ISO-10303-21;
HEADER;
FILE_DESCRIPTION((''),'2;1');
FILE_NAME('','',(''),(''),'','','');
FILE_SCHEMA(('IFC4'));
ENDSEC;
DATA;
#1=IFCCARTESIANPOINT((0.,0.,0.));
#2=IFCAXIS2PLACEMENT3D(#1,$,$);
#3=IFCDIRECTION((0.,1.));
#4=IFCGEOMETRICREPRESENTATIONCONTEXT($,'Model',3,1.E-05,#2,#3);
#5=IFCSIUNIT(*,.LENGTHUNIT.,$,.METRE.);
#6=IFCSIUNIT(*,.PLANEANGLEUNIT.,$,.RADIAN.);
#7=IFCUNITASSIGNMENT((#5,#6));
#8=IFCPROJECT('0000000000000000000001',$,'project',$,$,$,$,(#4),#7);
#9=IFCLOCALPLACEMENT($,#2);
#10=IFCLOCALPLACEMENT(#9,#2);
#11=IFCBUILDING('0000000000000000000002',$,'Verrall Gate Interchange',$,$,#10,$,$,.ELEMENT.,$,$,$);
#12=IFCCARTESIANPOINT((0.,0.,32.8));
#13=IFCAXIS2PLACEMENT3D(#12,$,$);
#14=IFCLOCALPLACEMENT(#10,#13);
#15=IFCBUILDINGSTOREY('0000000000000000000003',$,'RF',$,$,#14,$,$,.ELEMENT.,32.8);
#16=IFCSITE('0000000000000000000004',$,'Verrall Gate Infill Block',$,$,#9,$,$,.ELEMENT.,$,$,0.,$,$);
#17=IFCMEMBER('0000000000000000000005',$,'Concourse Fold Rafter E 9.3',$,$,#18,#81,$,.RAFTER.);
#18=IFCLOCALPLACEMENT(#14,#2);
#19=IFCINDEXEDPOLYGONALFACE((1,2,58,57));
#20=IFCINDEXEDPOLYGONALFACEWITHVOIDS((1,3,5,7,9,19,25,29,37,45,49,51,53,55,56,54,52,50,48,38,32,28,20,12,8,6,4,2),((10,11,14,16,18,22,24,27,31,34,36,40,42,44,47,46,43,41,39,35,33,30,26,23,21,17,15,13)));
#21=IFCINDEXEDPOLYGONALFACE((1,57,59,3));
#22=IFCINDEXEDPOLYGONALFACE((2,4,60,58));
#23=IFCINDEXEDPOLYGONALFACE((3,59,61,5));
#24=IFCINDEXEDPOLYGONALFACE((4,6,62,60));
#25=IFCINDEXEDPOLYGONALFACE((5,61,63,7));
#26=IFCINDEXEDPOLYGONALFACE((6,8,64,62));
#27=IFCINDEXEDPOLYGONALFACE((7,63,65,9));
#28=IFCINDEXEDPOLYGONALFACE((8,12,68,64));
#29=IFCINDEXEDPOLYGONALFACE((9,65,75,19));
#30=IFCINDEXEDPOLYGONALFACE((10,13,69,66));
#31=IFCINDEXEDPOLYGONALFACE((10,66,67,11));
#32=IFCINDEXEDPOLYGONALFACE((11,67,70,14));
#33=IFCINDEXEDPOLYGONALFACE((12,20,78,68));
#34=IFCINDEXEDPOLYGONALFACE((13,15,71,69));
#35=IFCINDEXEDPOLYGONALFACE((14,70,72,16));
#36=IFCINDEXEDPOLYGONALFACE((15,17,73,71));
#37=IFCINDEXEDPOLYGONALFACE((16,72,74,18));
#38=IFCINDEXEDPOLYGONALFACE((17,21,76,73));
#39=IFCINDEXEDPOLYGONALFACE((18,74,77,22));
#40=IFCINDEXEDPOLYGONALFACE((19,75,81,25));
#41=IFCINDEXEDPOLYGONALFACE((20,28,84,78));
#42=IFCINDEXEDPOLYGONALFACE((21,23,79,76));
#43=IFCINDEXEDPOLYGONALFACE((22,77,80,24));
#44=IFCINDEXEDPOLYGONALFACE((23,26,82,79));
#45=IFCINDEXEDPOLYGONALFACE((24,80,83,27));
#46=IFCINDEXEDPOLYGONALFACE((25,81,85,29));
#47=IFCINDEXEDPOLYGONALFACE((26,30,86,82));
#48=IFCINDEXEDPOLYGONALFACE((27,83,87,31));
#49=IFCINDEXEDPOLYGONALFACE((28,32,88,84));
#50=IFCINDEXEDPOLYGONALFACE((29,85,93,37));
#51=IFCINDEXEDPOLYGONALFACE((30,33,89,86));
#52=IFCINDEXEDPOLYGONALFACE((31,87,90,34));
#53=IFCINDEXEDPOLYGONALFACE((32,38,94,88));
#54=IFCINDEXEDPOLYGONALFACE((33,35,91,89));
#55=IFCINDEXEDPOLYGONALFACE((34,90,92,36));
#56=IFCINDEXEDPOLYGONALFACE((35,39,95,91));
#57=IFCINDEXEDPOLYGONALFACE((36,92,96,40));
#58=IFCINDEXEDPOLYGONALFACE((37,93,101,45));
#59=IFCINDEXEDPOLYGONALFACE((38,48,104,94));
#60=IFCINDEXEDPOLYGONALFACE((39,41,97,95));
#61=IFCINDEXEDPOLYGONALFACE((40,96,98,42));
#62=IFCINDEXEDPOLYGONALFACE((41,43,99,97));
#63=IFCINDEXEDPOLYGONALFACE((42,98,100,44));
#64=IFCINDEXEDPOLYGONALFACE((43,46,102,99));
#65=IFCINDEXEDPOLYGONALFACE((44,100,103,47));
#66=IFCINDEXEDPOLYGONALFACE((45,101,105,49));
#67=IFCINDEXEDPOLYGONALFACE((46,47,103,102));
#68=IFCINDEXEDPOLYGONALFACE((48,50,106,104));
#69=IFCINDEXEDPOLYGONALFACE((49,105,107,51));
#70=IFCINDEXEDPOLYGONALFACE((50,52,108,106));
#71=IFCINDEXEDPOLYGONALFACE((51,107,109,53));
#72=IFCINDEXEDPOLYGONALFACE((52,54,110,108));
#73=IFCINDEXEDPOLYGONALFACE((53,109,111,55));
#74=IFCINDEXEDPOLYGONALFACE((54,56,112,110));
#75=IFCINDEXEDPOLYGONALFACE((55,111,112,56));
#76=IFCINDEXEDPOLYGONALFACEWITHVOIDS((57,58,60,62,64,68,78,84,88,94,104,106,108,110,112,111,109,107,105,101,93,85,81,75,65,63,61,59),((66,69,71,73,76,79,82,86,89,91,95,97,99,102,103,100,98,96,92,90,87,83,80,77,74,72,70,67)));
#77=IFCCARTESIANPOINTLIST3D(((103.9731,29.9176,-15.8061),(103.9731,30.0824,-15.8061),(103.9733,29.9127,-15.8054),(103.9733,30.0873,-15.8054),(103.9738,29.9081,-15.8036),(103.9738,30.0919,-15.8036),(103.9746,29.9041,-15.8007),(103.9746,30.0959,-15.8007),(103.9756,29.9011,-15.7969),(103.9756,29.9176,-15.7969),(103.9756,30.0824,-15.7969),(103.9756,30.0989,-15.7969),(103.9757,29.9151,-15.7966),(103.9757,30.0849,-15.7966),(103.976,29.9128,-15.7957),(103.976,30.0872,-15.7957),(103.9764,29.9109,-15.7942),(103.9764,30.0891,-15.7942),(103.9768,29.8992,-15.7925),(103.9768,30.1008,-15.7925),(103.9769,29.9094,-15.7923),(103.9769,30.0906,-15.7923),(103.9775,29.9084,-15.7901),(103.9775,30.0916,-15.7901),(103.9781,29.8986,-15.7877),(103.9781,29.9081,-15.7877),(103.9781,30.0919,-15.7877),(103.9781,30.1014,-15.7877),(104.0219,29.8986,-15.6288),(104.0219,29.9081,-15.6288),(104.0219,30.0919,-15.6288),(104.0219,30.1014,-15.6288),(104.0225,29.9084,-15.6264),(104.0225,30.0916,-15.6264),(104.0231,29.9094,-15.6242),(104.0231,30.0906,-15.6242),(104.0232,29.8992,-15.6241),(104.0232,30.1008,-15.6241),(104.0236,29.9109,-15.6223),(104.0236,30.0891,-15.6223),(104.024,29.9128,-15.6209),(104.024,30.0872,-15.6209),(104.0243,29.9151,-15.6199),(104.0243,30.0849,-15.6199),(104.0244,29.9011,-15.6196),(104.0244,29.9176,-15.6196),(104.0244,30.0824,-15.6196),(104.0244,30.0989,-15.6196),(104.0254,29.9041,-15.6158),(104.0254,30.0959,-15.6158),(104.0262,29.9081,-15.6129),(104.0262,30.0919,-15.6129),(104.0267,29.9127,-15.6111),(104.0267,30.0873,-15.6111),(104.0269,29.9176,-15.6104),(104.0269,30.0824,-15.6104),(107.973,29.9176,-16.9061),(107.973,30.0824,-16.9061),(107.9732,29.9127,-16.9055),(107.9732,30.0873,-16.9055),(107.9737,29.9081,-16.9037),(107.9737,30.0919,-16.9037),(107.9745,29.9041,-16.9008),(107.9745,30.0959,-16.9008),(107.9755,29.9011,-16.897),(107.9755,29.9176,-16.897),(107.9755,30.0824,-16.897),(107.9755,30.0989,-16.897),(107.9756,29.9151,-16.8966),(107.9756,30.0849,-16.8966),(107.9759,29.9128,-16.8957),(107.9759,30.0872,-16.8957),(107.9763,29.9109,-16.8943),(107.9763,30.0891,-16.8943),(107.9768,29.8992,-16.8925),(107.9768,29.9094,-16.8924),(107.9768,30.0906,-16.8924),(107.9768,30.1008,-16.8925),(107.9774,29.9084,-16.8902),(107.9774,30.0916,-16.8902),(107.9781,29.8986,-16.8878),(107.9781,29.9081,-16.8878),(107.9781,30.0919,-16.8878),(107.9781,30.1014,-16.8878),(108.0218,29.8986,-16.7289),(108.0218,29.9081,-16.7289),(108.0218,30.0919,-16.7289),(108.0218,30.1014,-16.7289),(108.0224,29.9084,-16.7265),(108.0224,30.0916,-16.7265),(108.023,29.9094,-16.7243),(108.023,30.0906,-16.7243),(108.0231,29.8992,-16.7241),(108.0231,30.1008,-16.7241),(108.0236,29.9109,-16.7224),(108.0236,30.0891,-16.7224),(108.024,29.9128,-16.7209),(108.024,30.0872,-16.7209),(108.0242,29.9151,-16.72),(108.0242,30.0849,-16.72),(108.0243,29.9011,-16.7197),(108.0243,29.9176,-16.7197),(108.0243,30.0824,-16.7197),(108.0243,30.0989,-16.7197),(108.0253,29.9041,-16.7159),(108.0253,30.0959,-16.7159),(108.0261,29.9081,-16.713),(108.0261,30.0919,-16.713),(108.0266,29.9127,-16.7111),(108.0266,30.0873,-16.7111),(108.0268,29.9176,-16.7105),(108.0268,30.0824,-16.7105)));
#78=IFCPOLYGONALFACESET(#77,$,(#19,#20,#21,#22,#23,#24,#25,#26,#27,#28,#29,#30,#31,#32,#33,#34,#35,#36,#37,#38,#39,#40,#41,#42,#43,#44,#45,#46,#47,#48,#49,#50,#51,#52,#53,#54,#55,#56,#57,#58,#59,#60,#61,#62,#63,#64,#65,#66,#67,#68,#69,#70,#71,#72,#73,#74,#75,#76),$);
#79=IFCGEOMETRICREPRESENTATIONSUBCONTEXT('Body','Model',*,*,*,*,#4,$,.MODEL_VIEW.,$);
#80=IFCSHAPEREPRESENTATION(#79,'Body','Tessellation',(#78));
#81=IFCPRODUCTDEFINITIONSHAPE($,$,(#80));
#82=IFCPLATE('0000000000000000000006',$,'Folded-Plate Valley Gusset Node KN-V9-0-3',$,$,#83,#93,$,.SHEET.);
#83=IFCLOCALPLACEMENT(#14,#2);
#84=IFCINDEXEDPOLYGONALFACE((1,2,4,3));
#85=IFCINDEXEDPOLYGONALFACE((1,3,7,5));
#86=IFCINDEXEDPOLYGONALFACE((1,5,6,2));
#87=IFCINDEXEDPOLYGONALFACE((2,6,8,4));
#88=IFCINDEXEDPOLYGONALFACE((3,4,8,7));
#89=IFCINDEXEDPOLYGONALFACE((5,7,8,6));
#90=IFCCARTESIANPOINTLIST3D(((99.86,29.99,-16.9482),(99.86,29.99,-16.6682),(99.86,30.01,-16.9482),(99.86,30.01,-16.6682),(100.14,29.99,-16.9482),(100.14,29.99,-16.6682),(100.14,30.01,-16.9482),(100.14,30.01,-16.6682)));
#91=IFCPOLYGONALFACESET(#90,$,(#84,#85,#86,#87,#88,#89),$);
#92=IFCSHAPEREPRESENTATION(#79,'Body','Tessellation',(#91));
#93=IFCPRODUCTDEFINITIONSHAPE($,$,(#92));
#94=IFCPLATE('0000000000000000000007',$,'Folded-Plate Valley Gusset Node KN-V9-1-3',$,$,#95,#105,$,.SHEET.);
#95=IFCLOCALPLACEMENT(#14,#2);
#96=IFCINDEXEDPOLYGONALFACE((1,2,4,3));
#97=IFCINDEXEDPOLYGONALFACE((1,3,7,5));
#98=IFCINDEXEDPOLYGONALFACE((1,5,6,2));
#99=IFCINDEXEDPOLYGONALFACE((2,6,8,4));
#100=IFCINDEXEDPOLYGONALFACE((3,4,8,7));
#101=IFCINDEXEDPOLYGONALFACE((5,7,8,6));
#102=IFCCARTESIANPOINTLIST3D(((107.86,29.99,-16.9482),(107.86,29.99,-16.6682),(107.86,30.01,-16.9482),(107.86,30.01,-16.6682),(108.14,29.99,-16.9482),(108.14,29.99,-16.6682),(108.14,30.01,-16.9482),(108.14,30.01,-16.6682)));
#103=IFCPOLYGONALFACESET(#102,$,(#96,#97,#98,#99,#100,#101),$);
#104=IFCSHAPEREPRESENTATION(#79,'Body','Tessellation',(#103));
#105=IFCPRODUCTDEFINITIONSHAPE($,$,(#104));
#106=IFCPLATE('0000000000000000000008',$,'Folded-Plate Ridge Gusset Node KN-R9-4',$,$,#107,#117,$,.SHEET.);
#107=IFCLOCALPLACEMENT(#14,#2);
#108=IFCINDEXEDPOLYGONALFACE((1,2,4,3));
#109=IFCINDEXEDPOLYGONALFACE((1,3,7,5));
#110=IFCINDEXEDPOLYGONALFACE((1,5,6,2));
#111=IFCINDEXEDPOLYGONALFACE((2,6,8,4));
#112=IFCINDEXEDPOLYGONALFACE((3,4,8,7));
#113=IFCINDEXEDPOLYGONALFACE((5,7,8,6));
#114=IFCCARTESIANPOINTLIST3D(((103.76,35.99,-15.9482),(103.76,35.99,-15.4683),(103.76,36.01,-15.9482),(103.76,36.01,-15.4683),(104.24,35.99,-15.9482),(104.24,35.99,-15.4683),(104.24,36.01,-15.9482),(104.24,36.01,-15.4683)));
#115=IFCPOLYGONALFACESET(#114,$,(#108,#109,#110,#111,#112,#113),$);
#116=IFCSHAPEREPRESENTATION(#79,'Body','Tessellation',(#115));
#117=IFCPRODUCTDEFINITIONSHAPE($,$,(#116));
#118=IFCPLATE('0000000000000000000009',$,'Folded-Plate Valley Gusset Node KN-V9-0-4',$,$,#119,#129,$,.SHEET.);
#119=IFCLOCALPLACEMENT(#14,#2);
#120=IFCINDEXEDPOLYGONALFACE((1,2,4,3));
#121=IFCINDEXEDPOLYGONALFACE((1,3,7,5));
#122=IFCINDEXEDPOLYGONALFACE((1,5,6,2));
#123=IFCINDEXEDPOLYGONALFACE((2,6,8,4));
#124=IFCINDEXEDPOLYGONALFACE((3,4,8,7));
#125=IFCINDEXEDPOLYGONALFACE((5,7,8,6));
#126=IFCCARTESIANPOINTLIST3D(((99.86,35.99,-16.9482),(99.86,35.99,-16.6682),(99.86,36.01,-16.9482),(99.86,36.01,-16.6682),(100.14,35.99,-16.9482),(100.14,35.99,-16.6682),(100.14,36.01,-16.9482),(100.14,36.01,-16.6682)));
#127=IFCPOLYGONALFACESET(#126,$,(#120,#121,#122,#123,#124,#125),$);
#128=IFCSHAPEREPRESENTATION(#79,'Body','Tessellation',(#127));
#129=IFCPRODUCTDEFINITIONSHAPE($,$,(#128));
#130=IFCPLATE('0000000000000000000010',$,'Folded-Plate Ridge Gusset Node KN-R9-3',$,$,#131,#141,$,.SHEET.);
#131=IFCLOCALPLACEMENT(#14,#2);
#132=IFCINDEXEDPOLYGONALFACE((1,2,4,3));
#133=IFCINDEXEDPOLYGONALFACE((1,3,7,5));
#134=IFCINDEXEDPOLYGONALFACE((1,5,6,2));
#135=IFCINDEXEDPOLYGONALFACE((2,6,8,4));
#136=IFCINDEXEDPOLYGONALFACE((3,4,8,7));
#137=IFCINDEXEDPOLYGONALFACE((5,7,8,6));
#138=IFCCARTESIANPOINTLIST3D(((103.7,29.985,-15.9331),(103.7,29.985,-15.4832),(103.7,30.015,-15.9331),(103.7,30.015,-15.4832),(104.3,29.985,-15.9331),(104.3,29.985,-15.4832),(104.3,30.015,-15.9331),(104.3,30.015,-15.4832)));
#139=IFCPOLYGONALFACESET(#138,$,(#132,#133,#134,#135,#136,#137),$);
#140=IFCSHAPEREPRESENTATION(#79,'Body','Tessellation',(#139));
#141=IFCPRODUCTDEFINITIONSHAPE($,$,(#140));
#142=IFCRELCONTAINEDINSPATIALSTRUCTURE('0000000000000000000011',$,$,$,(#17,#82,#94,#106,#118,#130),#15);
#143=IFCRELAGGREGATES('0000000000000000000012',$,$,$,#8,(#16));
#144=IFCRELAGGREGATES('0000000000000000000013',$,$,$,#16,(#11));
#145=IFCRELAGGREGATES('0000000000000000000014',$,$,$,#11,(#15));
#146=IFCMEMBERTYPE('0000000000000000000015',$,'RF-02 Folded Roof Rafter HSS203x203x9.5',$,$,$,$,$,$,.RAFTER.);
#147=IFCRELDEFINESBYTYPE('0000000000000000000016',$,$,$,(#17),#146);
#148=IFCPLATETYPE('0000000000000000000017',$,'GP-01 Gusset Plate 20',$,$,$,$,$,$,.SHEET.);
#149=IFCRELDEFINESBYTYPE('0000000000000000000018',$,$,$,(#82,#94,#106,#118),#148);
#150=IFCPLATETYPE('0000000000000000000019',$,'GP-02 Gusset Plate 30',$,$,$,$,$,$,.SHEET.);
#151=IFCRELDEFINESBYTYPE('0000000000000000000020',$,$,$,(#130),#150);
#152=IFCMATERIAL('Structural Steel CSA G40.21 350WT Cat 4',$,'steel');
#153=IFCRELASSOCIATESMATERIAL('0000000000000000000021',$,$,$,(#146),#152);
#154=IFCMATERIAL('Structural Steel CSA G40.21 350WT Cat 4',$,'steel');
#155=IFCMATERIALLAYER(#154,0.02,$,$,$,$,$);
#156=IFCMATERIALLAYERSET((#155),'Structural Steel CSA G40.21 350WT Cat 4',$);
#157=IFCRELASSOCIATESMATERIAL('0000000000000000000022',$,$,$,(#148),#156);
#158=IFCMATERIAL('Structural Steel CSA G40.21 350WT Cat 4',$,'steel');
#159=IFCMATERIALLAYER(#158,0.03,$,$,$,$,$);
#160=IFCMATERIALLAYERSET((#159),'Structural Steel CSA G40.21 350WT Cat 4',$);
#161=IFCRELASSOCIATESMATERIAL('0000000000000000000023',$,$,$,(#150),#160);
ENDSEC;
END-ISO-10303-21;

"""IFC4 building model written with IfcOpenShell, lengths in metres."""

from ifc_helpers import new_model, si_unit, direction, frame, origin, origin_2d, place, context, subcontext, project, spatial, rectangle, hollow_rectangle, extrude, material, layer, layer_set, material_profile, profile_set, type_object, element, save


model = new_model("IFC4")

# Units and contexts
model_context = context("Model", 3, precision=1e-05, world=origin(), true_north=direction((0.0, 1.0)))
body_context = subcontext(model_context, "Body", "Model", "MODEL_VIEW")
ifc_project = project(units=[si_unit("LENGTHUNIT", "METRE"), si_unit("PLANEANGLEUNIT", "RADIAN")], contexts=[model_context])

# Site, building, storey
site_placement = place(None, origin())
site = spatial("IfcSite", under=ifc_project, at=site_placement, Name="Verrall Gate Infill Block", CompositionType="ELEMENT", RefElevation=0.0)
building_placement = place(site_placement, origin())
building = spatial("IfcBuilding", under=site, at=building_placement, Name="Verrall Gate Interchange", CompositionType="ELEMENT")
storey_placement = place(building_placement, frame((0.0, 0.0, 32.8)))
storey = spatial("IfcBuildingStorey", under=building, at=storey_placement, Name="RF", CompositionType="ELEMENT", Elevation=32.8)

# Member
ifc_material_1 = material(Name="Structural Steel CSA G40.21 350WT Cat 4", Category="steel")
ifc_material_profile_1 = material_profile(ifc_material_1, hollow_rectangle(XDim=0.2029, YDim=0.2029, WallThickness=0.0095, InnerFilletRadius=0.0095, OuterFilletRadius=0.019, at=origin_2d()), Name="HSS203x203x9.5")
ifc_profile_set_1 = profile_set([ifc_material_profile_1], Name="Structural Steel CSA G40.21 350WT Cat 4")
member_type_1 = type_object("IfcMemberType", Name="RF-02 Folded Roof Rafter HSS203x203x9.5", PredefinedType="RAFTER", material=ifc_profile_set_1)
for number, where, z_axis, x_axis, name in (
    (1, (104.0, 30.0, -15.7083), (0.964199, 0.0, -0.265178), (0.0, 1.0, 0.0), "Concourse Fold Rafter E 9.3"),
):
    element("IfcMember", number, at=place(storey_placement, frame(where, z_axis=z_axis, x_axis=x_axis)), inside=storey, type_object=member_type_1, Name=name, PredefinedType="RAFTER", context=body_context, shape_type="SweptSolid", body=[
        extrude(hollow_rectangle(XDim=0.2029, YDim=0.2029, WallThickness=0.0095, InnerFilletRadius=0.0095, OuterFilletRadius=0.019, at=origin_2d()), origin(), (0.0, 0.0, 1.0), 4.1484),
    ])

# Plates
ifc_material_2 = material(Name="Structural Steel CSA G40.21 350WT Cat 4", Category="steel")
ifc_layer_1 = layer(ifc_material_2, 0.02)
ifc_layer_set_1 = layer_set([ifc_layer_1], Name="Structural Steel CSA G40.21 350WT Cat 4")
plate_type_1 = type_object("IfcPlateType", Name="GP-01 Gusset Plate 20", PredefinedType="SHEET", material=ifc_layer_set_1)
for number, where, z_axis, x_axis, name in (
    (2, (100.0, 30.0, -16.9482), (0.0, 0.0, 1.0), (1.0, 0.0, 0.0), "Folded-Plate Valley Gusset Node KN-V9-0-3"),
    (3, (108.0, 30.0, -16.9482), (0.0, 0.0, 1.0), (1.0, 0.0, 0.0), "Folded-Plate Valley Gusset Node KN-V9-1-3"),
):
    element("IfcPlate", number, at=place(storey_placement, frame(where, z_axis=z_axis, x_axis=x_axis)), inside=storey, type_object=plate_type_1, Name=name, PredefinedType="SHEET", context=body_context, shape_type="SweptSolid", body=[
        extrude(rectangle(XDim=0.28, YDim=0.02, at=origin_2d()), origin(), (0.0, 0.0, 1.0), 0.28),
    ])
plate_1_placement = place(storey_placement, frame((104.0, 36.0, -15.9482), z_axis=(0.0, 0.0, 1.0), x_axis=(1.0, 0.0, 0.0)))
element("IfcPlate", 4, at=plate_1_placement, inside=storey, type_object=plate_type_1, Name="Folded-Plate Ridge Gusset Node KN-R9-4", PredefinedType="SHEET", context=body_context, shape_type="SweptSolid", body=[
    extrude(rectangle(XDim=0.48, YDim=0.02, at=origin_2d()), origin(), (0.0, 0.0, 1.0), 0.48),
])
plate_2_placement = place(storey_placement, frame((100.0, 36.0, -16.9482), z_axis=(0.0, 0.0, 1.0), x_axis=(1.0, 0.0, 0.0)))
element("IfcPlate", 5, at=plate_2_placement, inside=storey, type_object=plate_type_1, Name="Folded-Plate Valley Gusset Node KN-V9-0-4", PredefinedType="SHEET", context=body_context, shape_type="SweptSolid", body=[
    extrude(rectangle(XDim=0.28, YDim=0.02, at=origin_2d()), origin(), (0.0, 0.0, 1.0), 0.28),
])
ifc_material_3 = material(Name="Structural Steel CSA G40.21 350WT Cat 4", Category="steel")
ifc_layer_2 = layer(ifc_material_3, 0.03)
ifc_layer_set_2 = layer_set([ifc_layer_2], Name="Structural Steel CSA G40.21 350WT Cat 4")
plate_type_2 = type_object("IfcPlateType", Name="GP-02 Gusset Plate 30", PredefinedType="SHEET", material=ifc_layer_set_2)
plate_3_placement = place(storey_placement, frame((104.0, 30.0, -15.9331), z_axis=(0.0, 0.0, 1.0), x_axis=(1.0, 0.0, 0.0)))
element("IfcPlate", 6, at=plate_3_placement, inside=storey, type_object=plate_type_2, Name="Folded-Plate Ridge Gusset Node KN-R9-3", PredefinedType="SHEET", context=body_context, shape_type="SweptSolid", body=[
    extrude(rectangle(XDim=0.6001, YDim=0.03, at=origin_2d()), origin(), (0.0, 0.0, 1.0), 0.45),
])

save(model, "model.ifc")
